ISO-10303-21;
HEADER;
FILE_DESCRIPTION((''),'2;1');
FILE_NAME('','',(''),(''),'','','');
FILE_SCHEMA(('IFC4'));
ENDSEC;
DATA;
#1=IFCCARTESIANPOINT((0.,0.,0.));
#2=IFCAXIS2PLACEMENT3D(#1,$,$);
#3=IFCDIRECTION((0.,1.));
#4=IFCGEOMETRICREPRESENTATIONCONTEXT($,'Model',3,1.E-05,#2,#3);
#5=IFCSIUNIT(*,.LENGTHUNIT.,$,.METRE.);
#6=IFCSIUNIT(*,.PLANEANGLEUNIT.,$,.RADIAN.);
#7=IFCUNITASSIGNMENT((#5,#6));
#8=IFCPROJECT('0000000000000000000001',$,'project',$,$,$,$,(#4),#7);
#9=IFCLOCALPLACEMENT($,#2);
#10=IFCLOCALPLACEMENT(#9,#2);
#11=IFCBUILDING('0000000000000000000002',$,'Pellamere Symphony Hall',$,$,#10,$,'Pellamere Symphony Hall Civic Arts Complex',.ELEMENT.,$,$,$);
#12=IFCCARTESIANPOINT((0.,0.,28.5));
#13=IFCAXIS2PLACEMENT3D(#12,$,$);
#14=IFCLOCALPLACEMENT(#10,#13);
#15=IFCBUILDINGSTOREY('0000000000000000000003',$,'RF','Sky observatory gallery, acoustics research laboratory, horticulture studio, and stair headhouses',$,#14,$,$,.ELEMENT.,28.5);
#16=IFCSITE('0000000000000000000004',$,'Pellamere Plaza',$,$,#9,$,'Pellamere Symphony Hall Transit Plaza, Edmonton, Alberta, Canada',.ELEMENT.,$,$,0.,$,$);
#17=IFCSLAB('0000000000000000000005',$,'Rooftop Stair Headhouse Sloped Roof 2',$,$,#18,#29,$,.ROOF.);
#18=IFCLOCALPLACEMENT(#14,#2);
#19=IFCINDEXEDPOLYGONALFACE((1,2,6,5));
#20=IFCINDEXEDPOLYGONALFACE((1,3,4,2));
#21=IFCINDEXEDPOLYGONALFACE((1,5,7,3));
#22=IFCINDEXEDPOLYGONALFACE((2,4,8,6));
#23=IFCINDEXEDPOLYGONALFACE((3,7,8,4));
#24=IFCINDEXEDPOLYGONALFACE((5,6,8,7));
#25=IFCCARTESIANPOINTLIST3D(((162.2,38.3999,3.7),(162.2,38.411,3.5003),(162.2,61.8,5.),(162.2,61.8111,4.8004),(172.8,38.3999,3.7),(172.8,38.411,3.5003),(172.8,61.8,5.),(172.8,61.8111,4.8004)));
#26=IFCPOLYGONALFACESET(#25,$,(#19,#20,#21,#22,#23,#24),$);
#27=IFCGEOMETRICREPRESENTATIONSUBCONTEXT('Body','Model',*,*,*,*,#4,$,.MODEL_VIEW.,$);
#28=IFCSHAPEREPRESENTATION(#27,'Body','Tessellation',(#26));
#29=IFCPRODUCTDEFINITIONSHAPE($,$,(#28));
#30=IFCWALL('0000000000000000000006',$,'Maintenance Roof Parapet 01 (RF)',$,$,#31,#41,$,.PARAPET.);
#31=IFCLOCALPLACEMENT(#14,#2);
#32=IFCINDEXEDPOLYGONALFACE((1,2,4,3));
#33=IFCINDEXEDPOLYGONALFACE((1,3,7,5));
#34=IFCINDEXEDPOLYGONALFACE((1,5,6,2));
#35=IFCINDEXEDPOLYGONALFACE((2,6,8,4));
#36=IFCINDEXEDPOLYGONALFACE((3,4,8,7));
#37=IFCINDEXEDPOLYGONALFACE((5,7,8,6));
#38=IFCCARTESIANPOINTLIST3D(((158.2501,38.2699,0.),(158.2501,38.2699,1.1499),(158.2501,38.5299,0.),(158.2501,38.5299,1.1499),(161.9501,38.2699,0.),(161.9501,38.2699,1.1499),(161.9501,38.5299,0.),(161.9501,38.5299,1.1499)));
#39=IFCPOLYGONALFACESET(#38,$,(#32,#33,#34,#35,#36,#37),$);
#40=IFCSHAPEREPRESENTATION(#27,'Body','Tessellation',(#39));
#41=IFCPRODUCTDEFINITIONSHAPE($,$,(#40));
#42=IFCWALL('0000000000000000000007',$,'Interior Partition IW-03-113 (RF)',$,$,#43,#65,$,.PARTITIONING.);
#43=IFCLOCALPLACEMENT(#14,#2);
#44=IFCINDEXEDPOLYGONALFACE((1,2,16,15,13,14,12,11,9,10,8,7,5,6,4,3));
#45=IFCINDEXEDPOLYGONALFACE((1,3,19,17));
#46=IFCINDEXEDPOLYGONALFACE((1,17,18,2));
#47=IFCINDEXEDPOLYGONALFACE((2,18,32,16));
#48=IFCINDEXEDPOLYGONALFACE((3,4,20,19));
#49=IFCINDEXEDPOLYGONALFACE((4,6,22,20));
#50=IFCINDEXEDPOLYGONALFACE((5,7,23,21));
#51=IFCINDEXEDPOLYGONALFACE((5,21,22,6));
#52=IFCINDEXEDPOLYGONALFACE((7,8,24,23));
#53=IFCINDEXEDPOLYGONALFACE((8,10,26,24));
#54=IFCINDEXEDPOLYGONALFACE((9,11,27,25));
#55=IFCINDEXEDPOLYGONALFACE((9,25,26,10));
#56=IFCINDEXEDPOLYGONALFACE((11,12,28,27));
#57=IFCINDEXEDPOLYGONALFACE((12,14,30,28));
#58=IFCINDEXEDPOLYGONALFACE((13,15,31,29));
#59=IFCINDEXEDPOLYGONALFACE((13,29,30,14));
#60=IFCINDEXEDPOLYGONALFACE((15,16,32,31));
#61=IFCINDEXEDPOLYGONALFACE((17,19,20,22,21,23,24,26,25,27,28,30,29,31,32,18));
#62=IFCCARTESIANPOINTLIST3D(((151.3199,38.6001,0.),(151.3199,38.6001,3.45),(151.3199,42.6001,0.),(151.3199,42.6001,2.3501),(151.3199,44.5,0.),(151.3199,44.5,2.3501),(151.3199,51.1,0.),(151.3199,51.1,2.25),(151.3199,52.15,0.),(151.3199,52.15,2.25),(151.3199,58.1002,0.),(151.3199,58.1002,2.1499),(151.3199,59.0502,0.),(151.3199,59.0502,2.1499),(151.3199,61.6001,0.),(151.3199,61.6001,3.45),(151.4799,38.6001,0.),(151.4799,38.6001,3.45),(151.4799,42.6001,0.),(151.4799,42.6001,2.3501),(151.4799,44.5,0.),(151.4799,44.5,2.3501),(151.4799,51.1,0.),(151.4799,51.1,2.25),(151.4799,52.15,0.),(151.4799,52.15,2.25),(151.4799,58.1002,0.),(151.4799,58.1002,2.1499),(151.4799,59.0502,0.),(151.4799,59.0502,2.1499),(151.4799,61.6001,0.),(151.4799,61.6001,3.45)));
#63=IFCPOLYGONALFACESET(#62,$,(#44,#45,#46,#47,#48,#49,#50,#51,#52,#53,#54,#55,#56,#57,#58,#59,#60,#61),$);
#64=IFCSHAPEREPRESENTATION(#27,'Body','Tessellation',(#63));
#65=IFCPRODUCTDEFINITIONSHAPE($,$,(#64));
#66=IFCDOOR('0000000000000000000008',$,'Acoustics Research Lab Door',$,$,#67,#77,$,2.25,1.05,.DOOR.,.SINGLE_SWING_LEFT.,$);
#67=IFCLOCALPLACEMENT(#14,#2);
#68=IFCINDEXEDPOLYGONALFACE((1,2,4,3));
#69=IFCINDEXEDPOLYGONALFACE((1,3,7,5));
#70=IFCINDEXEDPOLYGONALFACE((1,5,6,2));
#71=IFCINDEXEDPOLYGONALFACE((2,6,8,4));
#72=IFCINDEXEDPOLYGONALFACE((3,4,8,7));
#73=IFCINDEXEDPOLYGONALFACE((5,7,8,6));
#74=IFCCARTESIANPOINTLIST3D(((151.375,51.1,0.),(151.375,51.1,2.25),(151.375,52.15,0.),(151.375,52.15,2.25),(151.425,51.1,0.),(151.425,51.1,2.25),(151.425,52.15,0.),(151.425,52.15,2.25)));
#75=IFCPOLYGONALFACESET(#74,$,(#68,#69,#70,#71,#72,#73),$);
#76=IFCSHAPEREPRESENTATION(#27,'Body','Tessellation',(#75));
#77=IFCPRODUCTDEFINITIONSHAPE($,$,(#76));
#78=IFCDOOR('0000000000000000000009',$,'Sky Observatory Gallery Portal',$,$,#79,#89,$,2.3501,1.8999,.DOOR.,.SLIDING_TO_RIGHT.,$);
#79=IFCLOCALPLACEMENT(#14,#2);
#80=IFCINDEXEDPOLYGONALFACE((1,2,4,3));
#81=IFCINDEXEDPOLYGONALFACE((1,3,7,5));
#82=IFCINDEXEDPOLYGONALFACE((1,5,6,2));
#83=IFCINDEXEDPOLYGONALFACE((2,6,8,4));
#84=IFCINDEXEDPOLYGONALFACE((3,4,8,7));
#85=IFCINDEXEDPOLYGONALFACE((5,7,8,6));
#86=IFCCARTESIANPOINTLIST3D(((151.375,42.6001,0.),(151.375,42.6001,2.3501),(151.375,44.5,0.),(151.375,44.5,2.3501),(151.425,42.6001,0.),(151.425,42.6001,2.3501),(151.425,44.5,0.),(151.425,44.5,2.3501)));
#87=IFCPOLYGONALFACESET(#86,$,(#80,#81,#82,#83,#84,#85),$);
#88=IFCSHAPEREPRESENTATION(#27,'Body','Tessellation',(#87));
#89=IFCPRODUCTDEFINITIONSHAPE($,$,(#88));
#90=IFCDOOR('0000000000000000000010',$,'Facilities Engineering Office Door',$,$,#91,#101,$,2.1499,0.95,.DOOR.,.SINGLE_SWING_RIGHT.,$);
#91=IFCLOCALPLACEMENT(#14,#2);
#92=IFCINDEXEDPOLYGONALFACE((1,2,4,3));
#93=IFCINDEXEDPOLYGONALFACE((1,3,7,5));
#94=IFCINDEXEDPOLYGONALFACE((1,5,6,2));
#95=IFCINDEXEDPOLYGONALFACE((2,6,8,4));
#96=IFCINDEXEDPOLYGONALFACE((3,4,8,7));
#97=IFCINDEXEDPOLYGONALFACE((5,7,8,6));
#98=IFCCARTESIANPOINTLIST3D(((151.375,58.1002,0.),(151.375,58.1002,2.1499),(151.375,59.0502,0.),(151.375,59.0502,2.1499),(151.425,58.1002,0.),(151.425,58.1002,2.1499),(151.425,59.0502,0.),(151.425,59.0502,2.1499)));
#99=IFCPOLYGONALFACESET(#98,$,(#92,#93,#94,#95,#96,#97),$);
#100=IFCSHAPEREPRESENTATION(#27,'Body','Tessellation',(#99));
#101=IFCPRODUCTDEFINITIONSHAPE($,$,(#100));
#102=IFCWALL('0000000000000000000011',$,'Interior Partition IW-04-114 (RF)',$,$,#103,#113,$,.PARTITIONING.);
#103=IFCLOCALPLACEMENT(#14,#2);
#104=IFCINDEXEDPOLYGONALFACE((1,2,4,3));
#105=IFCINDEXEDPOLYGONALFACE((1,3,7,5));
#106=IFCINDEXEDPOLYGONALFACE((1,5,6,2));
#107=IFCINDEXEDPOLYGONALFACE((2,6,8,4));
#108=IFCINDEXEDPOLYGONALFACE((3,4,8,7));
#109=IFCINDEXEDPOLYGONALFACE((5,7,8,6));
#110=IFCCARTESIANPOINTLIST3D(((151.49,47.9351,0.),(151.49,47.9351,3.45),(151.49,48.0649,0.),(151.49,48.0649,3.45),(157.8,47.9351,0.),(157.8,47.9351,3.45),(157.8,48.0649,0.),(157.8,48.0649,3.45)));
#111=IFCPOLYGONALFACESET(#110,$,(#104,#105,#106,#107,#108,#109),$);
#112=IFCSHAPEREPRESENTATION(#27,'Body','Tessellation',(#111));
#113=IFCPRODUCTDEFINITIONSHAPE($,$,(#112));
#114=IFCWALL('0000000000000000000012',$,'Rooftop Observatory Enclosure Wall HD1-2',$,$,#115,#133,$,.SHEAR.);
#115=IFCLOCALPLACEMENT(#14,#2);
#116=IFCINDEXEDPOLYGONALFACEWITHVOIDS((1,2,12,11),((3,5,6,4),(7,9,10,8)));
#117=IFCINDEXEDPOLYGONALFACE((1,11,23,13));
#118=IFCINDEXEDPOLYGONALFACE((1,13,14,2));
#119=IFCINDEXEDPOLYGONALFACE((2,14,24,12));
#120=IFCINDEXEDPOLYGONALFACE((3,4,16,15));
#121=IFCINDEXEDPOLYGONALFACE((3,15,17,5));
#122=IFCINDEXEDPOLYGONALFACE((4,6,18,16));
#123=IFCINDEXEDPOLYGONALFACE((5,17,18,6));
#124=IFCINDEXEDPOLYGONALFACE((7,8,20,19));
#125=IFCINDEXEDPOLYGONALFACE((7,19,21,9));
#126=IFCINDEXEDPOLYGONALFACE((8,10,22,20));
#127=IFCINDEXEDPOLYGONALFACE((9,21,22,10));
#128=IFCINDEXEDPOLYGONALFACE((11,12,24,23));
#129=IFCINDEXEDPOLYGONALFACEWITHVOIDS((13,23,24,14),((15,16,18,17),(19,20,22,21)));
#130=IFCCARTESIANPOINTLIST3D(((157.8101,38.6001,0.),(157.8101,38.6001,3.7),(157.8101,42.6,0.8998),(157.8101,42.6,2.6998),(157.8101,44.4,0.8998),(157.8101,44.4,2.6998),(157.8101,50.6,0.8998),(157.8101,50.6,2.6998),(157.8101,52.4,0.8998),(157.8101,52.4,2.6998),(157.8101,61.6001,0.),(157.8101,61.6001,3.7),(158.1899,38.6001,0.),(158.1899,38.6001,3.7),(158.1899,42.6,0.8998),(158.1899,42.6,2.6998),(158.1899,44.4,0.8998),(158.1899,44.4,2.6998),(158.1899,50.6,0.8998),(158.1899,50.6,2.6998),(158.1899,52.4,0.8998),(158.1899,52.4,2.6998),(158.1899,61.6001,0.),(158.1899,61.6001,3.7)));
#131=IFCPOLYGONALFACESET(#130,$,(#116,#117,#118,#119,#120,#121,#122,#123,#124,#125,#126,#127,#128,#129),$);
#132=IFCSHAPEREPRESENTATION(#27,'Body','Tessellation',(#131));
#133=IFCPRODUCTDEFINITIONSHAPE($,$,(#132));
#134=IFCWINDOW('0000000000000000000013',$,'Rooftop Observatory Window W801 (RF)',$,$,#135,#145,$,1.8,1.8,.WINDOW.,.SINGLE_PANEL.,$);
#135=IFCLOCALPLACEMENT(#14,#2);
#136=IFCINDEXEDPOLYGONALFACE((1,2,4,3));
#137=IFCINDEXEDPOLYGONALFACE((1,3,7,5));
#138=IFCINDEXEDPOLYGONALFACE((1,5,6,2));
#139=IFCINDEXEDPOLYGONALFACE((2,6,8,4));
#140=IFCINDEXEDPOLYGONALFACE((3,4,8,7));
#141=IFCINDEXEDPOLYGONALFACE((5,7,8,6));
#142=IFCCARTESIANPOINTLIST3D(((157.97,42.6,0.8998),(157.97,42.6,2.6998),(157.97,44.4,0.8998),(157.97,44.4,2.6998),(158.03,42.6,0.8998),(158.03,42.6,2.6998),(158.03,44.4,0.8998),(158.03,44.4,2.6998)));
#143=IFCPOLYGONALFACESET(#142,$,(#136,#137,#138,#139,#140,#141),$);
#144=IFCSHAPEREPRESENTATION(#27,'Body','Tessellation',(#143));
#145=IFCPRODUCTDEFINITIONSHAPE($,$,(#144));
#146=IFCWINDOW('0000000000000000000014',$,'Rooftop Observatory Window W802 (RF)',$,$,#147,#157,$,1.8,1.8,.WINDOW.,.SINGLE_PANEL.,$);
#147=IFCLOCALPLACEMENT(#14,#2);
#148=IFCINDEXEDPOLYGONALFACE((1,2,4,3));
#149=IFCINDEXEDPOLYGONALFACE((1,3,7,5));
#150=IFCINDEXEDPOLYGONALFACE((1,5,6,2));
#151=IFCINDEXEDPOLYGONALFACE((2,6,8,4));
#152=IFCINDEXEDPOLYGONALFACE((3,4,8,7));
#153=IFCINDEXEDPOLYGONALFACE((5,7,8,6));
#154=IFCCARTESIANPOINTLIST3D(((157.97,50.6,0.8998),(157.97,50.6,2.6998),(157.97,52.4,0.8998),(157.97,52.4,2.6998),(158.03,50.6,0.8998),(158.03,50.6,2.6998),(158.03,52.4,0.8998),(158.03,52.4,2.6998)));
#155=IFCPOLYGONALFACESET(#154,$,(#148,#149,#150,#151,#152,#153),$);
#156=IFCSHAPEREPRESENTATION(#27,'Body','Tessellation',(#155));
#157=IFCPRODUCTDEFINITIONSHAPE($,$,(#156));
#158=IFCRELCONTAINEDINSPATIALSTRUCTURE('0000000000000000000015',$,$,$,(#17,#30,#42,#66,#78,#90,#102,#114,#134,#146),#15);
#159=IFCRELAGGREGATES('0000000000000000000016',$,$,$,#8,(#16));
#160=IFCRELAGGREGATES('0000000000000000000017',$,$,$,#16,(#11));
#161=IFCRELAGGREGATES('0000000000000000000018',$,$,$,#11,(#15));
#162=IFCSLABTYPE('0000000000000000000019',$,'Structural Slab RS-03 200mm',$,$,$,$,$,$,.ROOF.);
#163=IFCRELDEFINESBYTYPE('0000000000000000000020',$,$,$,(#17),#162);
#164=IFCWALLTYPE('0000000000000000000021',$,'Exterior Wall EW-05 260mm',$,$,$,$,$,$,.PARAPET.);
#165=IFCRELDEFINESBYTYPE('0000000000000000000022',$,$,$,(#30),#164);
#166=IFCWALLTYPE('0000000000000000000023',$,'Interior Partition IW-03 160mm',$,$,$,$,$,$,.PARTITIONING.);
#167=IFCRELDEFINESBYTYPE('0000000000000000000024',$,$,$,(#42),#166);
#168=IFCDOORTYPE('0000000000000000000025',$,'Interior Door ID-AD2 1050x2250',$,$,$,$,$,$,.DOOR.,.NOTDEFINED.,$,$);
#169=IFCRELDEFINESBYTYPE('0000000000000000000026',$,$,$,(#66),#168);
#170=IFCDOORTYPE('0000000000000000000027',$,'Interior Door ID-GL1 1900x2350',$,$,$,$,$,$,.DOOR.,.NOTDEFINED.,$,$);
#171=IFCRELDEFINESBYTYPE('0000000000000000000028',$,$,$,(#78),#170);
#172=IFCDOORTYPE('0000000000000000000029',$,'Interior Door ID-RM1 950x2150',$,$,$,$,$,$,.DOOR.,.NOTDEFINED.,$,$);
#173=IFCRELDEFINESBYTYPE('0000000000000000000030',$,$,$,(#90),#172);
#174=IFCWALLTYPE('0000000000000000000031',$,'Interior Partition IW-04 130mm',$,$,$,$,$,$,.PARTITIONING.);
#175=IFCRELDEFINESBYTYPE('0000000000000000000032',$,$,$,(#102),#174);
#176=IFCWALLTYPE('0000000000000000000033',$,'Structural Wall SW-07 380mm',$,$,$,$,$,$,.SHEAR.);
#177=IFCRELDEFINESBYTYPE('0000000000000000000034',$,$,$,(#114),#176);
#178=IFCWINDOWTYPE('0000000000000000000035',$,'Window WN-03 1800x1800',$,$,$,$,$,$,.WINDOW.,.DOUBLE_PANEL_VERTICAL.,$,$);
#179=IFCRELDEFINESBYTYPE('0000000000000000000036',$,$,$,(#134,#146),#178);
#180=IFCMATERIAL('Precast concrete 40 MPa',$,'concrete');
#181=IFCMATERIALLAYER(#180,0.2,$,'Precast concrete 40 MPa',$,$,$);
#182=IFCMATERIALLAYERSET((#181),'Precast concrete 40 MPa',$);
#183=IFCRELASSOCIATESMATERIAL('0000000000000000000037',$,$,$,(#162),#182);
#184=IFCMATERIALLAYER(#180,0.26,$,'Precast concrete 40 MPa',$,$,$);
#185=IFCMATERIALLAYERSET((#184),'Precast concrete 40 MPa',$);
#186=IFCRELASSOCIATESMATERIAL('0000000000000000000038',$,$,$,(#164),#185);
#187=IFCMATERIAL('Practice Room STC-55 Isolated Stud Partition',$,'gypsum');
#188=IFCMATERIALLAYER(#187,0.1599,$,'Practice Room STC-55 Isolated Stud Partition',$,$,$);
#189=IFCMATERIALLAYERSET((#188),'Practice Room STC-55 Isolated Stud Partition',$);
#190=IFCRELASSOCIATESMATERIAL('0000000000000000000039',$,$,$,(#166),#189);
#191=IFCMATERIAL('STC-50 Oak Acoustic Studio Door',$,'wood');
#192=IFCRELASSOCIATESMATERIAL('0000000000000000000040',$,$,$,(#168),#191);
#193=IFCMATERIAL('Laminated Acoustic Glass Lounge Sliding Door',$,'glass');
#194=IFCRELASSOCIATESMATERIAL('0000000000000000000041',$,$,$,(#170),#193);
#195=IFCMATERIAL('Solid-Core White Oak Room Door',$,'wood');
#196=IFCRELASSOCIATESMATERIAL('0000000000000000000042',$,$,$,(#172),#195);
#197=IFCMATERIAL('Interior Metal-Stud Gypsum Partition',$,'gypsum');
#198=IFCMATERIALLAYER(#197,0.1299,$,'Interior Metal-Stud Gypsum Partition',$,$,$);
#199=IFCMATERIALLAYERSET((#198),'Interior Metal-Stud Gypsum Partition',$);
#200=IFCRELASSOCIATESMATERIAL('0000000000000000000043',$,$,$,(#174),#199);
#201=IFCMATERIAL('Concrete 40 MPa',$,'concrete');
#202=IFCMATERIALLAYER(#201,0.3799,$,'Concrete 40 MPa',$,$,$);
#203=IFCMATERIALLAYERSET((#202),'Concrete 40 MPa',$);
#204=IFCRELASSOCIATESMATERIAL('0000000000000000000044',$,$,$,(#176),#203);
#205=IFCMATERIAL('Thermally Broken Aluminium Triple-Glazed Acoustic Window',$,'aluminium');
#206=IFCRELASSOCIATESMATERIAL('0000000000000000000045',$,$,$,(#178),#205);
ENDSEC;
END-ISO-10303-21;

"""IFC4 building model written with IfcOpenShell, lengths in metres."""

from ifc_helpers import new_model, si_unit, direction, frame, frame_2d, origin, place, context, subcontext, project, spatial, polyline, rectangle, outline, extrude, material, layer, layer_set, type_object, element, fill, save


model = new_model("IFC4")

# Units and contexts
model_context = context("Model", 3, precision=1e-05, world=origin(), true_north=direction((0.0, 1.0)))
body_context = subcontext(model_context, "Body", "Model", "MODEL_VIEW")
ifc_project = project(units=[si_unit("LENGTHUNIT", "METRE"), si_unit("PLANEANGLEUNIT", "RADIAN")], contexts=[model_context])

# Site, building, storey
site_placement = place(None, origin())
site = spatial("IfcSite", under=ifc_project, at=site_placement, Name="Pellamere Plaza", LongName="Pellamere Symphony Hall Transit Plaza, Edmonton, Alberta, Canada", CompositionType="ELEMENT", RefElevation=0.0)
building_placement = place(site_placement, origin())
building = spatial("IfcBuilding", under=site, at=building_placement, Name="Pellamere Symphony Hall", LongName="Pellamere Symphony Hall Civic Arts Complex", CompositionType="ELEMENT")
storey_placement = place(building_placement, frame((0.0, 0.0, 28.5)))
storey = spatial("IfcBuildingStorey", under=building, at=storey_placement, Name="RF", Description="Sky observatory gallery, acoustics research laboratory, horticulture studio, and stair headhouses", CompositionType="ELEMENT", Elevation=28.5)

# Shared definitions
ifc_material_1 = material(Name="Concrete 40 MPa", Category="concrete")

# Slab
ifc_material_2 = material(Name="Precast concrete 40 MPa", Category="concrete")
ifc_layer_1 = layer(ifc_material_2, 0.2, Name="Precast concrete 40 MPa")
ifc_layer_set_1 = layer_set([ifc_layer_1], Name="Precast concrete 40 MPa")
slab_type = type_object("IfcSlabType", Name="Structural Slab RS-03 200mm", PredefinedType="ROOF", material=ifc_layer_set_1)
slab_placement = place(storey_placement, frame((162.2, 38.3999, 3.7), z_axis=(0.0, -0.055472, 0.99846), x_axis=(1.0, 0.0, 0.0)))
element("IfcSlab", 1, at=slab_placement, inside=storey, type_object=slab_type, Name="Rooftop Stair Headhouse Sloped Roof 2", PredefinedType="ROOF", context=body_context, shape_type="SweptSolid", body=[
    extrude(outline(polyline([(0.0, 0.0), (10.6001, 0.0), (10.6001, 23.4362), (0.0, 23.4362), (0.0, 0.0)])), origin(), (0.0, 0.0, -1.0), 0.2),
])

# Wall
ifc_layer_2 = layer(ifc_material_2, 0.26, Name="Precast concrete 40 MPa")
ifc_layer_set_2 = layer_set([ifc_layer_2], Name="Precast concrete 40 MPa")
wall_type_1 = type_object("IfcWallType", Name="Exterior Wall EW-05 260mm", PredefinedType="PARAPET", material=ifc_layer_set_2)
wall_1_placement = place(storey_placement, frame((158.25, 38.3999, 0.0), z_axis=(0.0, 0.0, 1.0), x_axis=(1.0, 0.0, 0.0)))
element("IfcWall", 2, at=wall_1_placement, inside=storey, type_object=wall_type_1, Name="Maintenance Roof Parapet 01 (RF)", PredefinedType="PARAPET", context=body_context, shape_type="SweptSolid", body=[
    extrude(rectangle(XDim=3.7, YDim=0.26, at=frame_2d((1.8501, 0.0))), origin(), (0.0, 0.0, 1.0), 1.1499),
])

# Wall, openings, doors
ifc_material_3 = material(Name="Practice Room STC-55 Isolated Stud Partition", Category="gypsum")
ifc_layer_3 = layer(ifc_material_3, 0.1599, Name="Practice Room STC-55 Isolated Stud Partition")
ifc_layer_set_3 = layer_set([ifc_layer_3], Name="Practice Room STC-55 Isolated Stud Partition")
wall_type_2 = type_object("IfcWallType", Name="Interior Partition IW-03 160mm", PredefinedType="PARTITIONING", material=ifc_layer_set_3)
wall_2_placement = place(storey_placement, frame((151.3999, 38.6001, 0.0), z_axis=(0.0, 0.0, 1.0), x_axis=(0.0, 1.0, 0.0)))
wall_2 = element("IfcWall", 3, at=wall_2_placement, inside=storey, type_object=wall_type_2, Name="Interior Partition IW-03-113 (RF)", PredefinedType="PARTITIONING", context=body_context, shape_type="SweptSolid", body=[
    extrude(rectangle(XDim=23.0, YDim=0.1599, at=frame_2d((11.5, 0.0))), origin(), (0.0, 0.0, 1.0), 3.45),
])
opening_1_placement = place(wall_2_placement, frame((4.0, 0.0, 0.0)))
opening_1 = element("IfcOpeningElement", 4, at=opening_1_placement, cuts=wall_2, PredefinedType="OPENING", context=body_context, shape_type="SweptSolid", body=[
    extrude(rectangle(XDim=1.8999, YDim=2.3501, at=frame_2d((0.95, 1.175))), frame((0.0, 0.0898, 0.0), z_axis=(0.0, -1.0, 0.0), x_axis=(1.0, 0.0, 0.0)), (0.0, 0.0, 1.0), 0.1799),
])
opening_2_placement = place(wall_2_placement, frame((12.5, 0.0, 0.0)))
opening_2 = element("IfcOpeningElement", 5, at=opening_2_placement, cuts=wall_2, PredefinedType="OPENING", context=body_context, shape_type="SweptSolid", body=[
    extrude(rectangle(XDim=1.05, YDim=2.25, at=frame_2d((0.5249, 1.125))), frame((0.0, 0.0898, 0.0), z_axis=(0.0, -1.0, 0.0), x_axis=(1.0, 0.0, 0.0)), (0.0, 0.0, 1.0), 0.1799),
])
opening_3_placement = place(wall_2_placement, frame((19.5, 0.0, 0.0)))
opening_3 = element("IfcOpeningElement", 6, at=opening_3_placement, cuts=wall_2, PredefinedType="OPENING", context=body_context, shape_type="SweptSolid", body=[
    extrude(rectangle(XDim=0.95, YDim=2.1499, at=frame_2d((0.4751, 1.075))), frame((0.0, 0.0898, 0.0), z_axis=(0.0, -1.0, 0.0), x_axis=(1.0, 0.0, 0.0)), (0.0, 0.0, 1.0), 0.1799),
])
ifc_material_4 = material(Name="STC-50 Oak Acoustic Studio Door", Category="wood")
door_type_1 = type_object("IfcDoorType", Name="Interior Door ID-AD2 1050x2250", OperationType="NOTDEFINED", PredefinedType="DOOR", material=ifc_material_4)
door_1_placement = place(opening_2_placement, origin())
door_1 = element("IfcDoor", 7, at=door_1_placement, inside=storey, type_object=door_type_1, Name="Acoustics Research Lab Door", OperationType="SINGLE_SWING_LEFT", OverallHeight=2.25, OverallWidth=1.05, PredefinedType="DOOR", context=body_context, shape_type="SweptSolid", body=[
    extrude(rectangle(XDim=1.05, YDim=2.25, at=frame_2d((0.5249, 1.125))), frame((0.0, 0.0249, 0.0), z_axis=(0.0, -1.0, 0.0), x_axis=(1.0, 0.0, 0.0)), (0.0, 0.0, 1.0), 0.05),
])
fill(opening_2, door_1)
ifc_material_5 = material(Name="Laminated Acoustic Glass Lounge Sliding Door", Category="glass")
door_type_2 = type_object("IfcDoorType", Name="Interior Door ID-GL1 1900x2350", OperationType="NOTDEFINED", PredefinedType="DOOR", material=ifc_material_5)
door_2_placement = place(opening_1_placement, origin())
door_2 = element("IfcDoor", 8, at=door_2_placement, inside=storey, type_object=door_type_2, Name="Sky Observatory Gallery Portal", OperationType="SLIDING_TO_RIGHT", OverallHeight=2.3501, OverallWidth=1.8999, PredefinedType="DOOR", context=body_context, shape_type="SweptSolid", body=[
    extrude(rectangle(XDim=1.8999, YDim=2.3501, at=frame_2d((0.95, 1.175))), frame((0.0, 0.0249, 0.0), z_axis=(0.0, -1.0, 0.0), x_axis=(1.0, 0.0, 0.0)), (0.0, 0.0, 1.0), 0.05),
])
fill(opening_1, door_2)
ifc_material_6 = material(Name="Solid-Core White Oak Room Door", Category="wood")
door_type_3 = type_object("IfcDoorType", Name="Interior Door ID-RM1 950x2150", OperationType="NOTDEFINED", PredefinedType="DOOR", material=ifc_material_6)
door_3_placement = place(opening_3_placement, origin())
door_3 = element("IfcDoor", 9, at=door_3_placement, inside=storey, type_object=door_type_3, Name="Facilities Engineering Office Door", OperationType="SINGLE_SWING_RIGHT", OverallHeight=2.1499, OverallWidth=0.95, PredefinedType="DOOR", context=body_context, shape_type="SweptSolid", body=[
    extrude(rectangle(XDim=0.95, YDim=2.1499, at=frame_2d((0.4751, 1.075))), frame((0.0, 0.0249, 0.0), z_axis=(0.0, -1.0, 0.0), x_axis=(1.0, 0.0, 0.0)), (0.0, 0.0, 1.0), 0.05),
])
fill(opening_3, door_3)

# Wall
ifc_material_7 = material(Name="Interior Metal-Stud Gypsum Partition", Category="gypsum")
ifc_layer_4 = layer(ifc_material_7, 0.1299, Name="Interior Metal-Stud Gypsum Partition")
ifc_layer_set_4 = layer_set([ifc_layer_4], Name="Interior Metal-Stud Gypsum Partition")
wall_type_3 = type_object("IfcWallType", Name="Interior Partition IW-04 130mm", PredefinedType="PARTITIONING", material=ifc_layer_set_4)
wall_3_placement = place(storey_placement, frame((151.49, 48.0, 0.0), z_axis=(0.0, 0.0, 1.0), x_axis=(1.0, 0.0, 0.0)))
element("IfcWall", 10, at=wall_3_placement, inside=storey, type_object=wall_type_3, Name="Interior Partition IW-04-114 (RF)", PredefinedType="PARTITIONING", context=body_context, shape_type="SweptSolid", body=[
    extrude(rectangle(XDim=6.3101, YDim=0.1299, at=frame_2d((3.155, 0.0))), origin(), (0.0, 0.0, 1.0), 3.45),
])

# Wall, openings, windows
ifc_layer_5 = layer(ifc_material_1, 0.3799, Name="Concrete 40 MPa")
ifc_layer_set_5 = layer_set([ifc_layer_5], Name="Concrete 40 MPa")
wall_type_4 = type_object("IfcWallType", Name="Structural Wall SW-07 380mm", PredefinedType="SHEAR", material=ifc_layer_set_5)
wall_4_placement = place(storey_placement, frame((158.0, 38.6001, 0.0), z_axis=(0.0, 0.0, 1.0), x_axis=(0.0, 1.0, 0.0)))
wall_4 = element("IfcWall", 11, at=wall_4_placement, inside=storey, type_object=wall_type_4, Name="Rooftop Observatory Enclosure Wall HD1-2", PredefinedType="SHEAR", context=body_context, shape_type="SweptSolid", body=[
    extrude(rectangle(XDim=23.0, YDim=0.3799, at=frame_2d((11.5, 0.0))), origin(), (0.0, 0.0, 1.0), 3.7),
])
opening_4_placement = place(wall_4_placement, frame((4.0, 0.0, 0.8999)))
opening_4 = element("IfcOpeningElement", 12, at=opening_4_placement, cuts=wall_4, PredefinedType="OPENING", context=body_context, shape_type="SweptSolid", body=[
    extrude(rectangle(XDim=1.8, YDim=1.8, at=frame_2d((0.8999, 0.8999))), frame((0.0, 0.2, 0.0), z_axis=(0.0, -1.0, 0.0), x_axis=(1.0, 0.0, 0.0)), (0.0, 0.0, 1.0), 0.3999),
])
opening_5_placement = place(wall_4_placement, frame((12.0, 0.0, 0.8999)))
opening_5 = element("IfcOpeningElement", 13, at=opening_5_placement, cuts=wall_4, PredefinedType="OPENING", context=body_context, shape_type="SweptSolid", body=[
    extrude(rectangle(XDim=1.8, YDim=1.8, at=frame_2d((0.8999, 0.8999))), frame((0.0, 0.2, 0.0), z_axis=(0.0, -1.0, 0.0), x_axis=(1.0, 0.0, 0.0)), (0.0, 0.0, 1.0), 0.3999),
])
ifc_material_8 = material(Name="Thermally Broken Aluminium Triple-Glazed Acoustic Window", Category="aluminium")
window_type = type_object("IfcWindowType", Name="Window WN-03 1800x1800", PartitioningType="DOUBLE_PANEL_VERTICAL", PredefinedType="WINDOW", material=ifc_material_8)
window_1_placement = place(opening_4_placement, origin())
window_1 = element("IfcWindow", 14, at=window_1_placement, inside=storey, type_object=window_type, Name="Rooftop Observatory Window W801 (RF)", OverallHeight=1.8, OverallWidth=1.8, PartitioningType="SINGLE_PANEL", PredefinedType="WINDOW", context=body_context, shape_type="SweptSolid", body=[
    extrude(rectangle(XDim=1.8, YDim=1.8, at=frame_2d((0.8999, 0.8999))), frame((0.0, 0.03, 0.0), z_axis=(0.0, -1.0, 0.0), x_axis=(1.0, 0.0, 0.0)), (0.0, 0.0, 1.0), 0.0601),
])
fill(opening_4, window_1)
window_2_placement = place(opening_5_placement, origin())
window_2 = element("IfcWindow", 15, at=window_2_placement, inside=storey, type_object=window_type, Name="Rooftop Observatory Window W802 (RF)", OverallHeight=1.8, OverallWidth=1.8, PartitioningType="SINGLE_PANEL", PredefinedType="WINDOW", context=body_context, shape_type="SweptSolid", body=[
    extrude(rectangle(XDim=1.8, YDim=1.8, at=frame_2d((0.8999, 0.8999))), frame((0.0, 0.03, 0.0), z_axis=(0.0, -1.0, 0.0), x_axis=(1.0, 0.0, 0.0)), (0.0, 0.0, 1.0), 0.0601),
])
fill(opening_5, window_2)

save(model, "model.ifc")
